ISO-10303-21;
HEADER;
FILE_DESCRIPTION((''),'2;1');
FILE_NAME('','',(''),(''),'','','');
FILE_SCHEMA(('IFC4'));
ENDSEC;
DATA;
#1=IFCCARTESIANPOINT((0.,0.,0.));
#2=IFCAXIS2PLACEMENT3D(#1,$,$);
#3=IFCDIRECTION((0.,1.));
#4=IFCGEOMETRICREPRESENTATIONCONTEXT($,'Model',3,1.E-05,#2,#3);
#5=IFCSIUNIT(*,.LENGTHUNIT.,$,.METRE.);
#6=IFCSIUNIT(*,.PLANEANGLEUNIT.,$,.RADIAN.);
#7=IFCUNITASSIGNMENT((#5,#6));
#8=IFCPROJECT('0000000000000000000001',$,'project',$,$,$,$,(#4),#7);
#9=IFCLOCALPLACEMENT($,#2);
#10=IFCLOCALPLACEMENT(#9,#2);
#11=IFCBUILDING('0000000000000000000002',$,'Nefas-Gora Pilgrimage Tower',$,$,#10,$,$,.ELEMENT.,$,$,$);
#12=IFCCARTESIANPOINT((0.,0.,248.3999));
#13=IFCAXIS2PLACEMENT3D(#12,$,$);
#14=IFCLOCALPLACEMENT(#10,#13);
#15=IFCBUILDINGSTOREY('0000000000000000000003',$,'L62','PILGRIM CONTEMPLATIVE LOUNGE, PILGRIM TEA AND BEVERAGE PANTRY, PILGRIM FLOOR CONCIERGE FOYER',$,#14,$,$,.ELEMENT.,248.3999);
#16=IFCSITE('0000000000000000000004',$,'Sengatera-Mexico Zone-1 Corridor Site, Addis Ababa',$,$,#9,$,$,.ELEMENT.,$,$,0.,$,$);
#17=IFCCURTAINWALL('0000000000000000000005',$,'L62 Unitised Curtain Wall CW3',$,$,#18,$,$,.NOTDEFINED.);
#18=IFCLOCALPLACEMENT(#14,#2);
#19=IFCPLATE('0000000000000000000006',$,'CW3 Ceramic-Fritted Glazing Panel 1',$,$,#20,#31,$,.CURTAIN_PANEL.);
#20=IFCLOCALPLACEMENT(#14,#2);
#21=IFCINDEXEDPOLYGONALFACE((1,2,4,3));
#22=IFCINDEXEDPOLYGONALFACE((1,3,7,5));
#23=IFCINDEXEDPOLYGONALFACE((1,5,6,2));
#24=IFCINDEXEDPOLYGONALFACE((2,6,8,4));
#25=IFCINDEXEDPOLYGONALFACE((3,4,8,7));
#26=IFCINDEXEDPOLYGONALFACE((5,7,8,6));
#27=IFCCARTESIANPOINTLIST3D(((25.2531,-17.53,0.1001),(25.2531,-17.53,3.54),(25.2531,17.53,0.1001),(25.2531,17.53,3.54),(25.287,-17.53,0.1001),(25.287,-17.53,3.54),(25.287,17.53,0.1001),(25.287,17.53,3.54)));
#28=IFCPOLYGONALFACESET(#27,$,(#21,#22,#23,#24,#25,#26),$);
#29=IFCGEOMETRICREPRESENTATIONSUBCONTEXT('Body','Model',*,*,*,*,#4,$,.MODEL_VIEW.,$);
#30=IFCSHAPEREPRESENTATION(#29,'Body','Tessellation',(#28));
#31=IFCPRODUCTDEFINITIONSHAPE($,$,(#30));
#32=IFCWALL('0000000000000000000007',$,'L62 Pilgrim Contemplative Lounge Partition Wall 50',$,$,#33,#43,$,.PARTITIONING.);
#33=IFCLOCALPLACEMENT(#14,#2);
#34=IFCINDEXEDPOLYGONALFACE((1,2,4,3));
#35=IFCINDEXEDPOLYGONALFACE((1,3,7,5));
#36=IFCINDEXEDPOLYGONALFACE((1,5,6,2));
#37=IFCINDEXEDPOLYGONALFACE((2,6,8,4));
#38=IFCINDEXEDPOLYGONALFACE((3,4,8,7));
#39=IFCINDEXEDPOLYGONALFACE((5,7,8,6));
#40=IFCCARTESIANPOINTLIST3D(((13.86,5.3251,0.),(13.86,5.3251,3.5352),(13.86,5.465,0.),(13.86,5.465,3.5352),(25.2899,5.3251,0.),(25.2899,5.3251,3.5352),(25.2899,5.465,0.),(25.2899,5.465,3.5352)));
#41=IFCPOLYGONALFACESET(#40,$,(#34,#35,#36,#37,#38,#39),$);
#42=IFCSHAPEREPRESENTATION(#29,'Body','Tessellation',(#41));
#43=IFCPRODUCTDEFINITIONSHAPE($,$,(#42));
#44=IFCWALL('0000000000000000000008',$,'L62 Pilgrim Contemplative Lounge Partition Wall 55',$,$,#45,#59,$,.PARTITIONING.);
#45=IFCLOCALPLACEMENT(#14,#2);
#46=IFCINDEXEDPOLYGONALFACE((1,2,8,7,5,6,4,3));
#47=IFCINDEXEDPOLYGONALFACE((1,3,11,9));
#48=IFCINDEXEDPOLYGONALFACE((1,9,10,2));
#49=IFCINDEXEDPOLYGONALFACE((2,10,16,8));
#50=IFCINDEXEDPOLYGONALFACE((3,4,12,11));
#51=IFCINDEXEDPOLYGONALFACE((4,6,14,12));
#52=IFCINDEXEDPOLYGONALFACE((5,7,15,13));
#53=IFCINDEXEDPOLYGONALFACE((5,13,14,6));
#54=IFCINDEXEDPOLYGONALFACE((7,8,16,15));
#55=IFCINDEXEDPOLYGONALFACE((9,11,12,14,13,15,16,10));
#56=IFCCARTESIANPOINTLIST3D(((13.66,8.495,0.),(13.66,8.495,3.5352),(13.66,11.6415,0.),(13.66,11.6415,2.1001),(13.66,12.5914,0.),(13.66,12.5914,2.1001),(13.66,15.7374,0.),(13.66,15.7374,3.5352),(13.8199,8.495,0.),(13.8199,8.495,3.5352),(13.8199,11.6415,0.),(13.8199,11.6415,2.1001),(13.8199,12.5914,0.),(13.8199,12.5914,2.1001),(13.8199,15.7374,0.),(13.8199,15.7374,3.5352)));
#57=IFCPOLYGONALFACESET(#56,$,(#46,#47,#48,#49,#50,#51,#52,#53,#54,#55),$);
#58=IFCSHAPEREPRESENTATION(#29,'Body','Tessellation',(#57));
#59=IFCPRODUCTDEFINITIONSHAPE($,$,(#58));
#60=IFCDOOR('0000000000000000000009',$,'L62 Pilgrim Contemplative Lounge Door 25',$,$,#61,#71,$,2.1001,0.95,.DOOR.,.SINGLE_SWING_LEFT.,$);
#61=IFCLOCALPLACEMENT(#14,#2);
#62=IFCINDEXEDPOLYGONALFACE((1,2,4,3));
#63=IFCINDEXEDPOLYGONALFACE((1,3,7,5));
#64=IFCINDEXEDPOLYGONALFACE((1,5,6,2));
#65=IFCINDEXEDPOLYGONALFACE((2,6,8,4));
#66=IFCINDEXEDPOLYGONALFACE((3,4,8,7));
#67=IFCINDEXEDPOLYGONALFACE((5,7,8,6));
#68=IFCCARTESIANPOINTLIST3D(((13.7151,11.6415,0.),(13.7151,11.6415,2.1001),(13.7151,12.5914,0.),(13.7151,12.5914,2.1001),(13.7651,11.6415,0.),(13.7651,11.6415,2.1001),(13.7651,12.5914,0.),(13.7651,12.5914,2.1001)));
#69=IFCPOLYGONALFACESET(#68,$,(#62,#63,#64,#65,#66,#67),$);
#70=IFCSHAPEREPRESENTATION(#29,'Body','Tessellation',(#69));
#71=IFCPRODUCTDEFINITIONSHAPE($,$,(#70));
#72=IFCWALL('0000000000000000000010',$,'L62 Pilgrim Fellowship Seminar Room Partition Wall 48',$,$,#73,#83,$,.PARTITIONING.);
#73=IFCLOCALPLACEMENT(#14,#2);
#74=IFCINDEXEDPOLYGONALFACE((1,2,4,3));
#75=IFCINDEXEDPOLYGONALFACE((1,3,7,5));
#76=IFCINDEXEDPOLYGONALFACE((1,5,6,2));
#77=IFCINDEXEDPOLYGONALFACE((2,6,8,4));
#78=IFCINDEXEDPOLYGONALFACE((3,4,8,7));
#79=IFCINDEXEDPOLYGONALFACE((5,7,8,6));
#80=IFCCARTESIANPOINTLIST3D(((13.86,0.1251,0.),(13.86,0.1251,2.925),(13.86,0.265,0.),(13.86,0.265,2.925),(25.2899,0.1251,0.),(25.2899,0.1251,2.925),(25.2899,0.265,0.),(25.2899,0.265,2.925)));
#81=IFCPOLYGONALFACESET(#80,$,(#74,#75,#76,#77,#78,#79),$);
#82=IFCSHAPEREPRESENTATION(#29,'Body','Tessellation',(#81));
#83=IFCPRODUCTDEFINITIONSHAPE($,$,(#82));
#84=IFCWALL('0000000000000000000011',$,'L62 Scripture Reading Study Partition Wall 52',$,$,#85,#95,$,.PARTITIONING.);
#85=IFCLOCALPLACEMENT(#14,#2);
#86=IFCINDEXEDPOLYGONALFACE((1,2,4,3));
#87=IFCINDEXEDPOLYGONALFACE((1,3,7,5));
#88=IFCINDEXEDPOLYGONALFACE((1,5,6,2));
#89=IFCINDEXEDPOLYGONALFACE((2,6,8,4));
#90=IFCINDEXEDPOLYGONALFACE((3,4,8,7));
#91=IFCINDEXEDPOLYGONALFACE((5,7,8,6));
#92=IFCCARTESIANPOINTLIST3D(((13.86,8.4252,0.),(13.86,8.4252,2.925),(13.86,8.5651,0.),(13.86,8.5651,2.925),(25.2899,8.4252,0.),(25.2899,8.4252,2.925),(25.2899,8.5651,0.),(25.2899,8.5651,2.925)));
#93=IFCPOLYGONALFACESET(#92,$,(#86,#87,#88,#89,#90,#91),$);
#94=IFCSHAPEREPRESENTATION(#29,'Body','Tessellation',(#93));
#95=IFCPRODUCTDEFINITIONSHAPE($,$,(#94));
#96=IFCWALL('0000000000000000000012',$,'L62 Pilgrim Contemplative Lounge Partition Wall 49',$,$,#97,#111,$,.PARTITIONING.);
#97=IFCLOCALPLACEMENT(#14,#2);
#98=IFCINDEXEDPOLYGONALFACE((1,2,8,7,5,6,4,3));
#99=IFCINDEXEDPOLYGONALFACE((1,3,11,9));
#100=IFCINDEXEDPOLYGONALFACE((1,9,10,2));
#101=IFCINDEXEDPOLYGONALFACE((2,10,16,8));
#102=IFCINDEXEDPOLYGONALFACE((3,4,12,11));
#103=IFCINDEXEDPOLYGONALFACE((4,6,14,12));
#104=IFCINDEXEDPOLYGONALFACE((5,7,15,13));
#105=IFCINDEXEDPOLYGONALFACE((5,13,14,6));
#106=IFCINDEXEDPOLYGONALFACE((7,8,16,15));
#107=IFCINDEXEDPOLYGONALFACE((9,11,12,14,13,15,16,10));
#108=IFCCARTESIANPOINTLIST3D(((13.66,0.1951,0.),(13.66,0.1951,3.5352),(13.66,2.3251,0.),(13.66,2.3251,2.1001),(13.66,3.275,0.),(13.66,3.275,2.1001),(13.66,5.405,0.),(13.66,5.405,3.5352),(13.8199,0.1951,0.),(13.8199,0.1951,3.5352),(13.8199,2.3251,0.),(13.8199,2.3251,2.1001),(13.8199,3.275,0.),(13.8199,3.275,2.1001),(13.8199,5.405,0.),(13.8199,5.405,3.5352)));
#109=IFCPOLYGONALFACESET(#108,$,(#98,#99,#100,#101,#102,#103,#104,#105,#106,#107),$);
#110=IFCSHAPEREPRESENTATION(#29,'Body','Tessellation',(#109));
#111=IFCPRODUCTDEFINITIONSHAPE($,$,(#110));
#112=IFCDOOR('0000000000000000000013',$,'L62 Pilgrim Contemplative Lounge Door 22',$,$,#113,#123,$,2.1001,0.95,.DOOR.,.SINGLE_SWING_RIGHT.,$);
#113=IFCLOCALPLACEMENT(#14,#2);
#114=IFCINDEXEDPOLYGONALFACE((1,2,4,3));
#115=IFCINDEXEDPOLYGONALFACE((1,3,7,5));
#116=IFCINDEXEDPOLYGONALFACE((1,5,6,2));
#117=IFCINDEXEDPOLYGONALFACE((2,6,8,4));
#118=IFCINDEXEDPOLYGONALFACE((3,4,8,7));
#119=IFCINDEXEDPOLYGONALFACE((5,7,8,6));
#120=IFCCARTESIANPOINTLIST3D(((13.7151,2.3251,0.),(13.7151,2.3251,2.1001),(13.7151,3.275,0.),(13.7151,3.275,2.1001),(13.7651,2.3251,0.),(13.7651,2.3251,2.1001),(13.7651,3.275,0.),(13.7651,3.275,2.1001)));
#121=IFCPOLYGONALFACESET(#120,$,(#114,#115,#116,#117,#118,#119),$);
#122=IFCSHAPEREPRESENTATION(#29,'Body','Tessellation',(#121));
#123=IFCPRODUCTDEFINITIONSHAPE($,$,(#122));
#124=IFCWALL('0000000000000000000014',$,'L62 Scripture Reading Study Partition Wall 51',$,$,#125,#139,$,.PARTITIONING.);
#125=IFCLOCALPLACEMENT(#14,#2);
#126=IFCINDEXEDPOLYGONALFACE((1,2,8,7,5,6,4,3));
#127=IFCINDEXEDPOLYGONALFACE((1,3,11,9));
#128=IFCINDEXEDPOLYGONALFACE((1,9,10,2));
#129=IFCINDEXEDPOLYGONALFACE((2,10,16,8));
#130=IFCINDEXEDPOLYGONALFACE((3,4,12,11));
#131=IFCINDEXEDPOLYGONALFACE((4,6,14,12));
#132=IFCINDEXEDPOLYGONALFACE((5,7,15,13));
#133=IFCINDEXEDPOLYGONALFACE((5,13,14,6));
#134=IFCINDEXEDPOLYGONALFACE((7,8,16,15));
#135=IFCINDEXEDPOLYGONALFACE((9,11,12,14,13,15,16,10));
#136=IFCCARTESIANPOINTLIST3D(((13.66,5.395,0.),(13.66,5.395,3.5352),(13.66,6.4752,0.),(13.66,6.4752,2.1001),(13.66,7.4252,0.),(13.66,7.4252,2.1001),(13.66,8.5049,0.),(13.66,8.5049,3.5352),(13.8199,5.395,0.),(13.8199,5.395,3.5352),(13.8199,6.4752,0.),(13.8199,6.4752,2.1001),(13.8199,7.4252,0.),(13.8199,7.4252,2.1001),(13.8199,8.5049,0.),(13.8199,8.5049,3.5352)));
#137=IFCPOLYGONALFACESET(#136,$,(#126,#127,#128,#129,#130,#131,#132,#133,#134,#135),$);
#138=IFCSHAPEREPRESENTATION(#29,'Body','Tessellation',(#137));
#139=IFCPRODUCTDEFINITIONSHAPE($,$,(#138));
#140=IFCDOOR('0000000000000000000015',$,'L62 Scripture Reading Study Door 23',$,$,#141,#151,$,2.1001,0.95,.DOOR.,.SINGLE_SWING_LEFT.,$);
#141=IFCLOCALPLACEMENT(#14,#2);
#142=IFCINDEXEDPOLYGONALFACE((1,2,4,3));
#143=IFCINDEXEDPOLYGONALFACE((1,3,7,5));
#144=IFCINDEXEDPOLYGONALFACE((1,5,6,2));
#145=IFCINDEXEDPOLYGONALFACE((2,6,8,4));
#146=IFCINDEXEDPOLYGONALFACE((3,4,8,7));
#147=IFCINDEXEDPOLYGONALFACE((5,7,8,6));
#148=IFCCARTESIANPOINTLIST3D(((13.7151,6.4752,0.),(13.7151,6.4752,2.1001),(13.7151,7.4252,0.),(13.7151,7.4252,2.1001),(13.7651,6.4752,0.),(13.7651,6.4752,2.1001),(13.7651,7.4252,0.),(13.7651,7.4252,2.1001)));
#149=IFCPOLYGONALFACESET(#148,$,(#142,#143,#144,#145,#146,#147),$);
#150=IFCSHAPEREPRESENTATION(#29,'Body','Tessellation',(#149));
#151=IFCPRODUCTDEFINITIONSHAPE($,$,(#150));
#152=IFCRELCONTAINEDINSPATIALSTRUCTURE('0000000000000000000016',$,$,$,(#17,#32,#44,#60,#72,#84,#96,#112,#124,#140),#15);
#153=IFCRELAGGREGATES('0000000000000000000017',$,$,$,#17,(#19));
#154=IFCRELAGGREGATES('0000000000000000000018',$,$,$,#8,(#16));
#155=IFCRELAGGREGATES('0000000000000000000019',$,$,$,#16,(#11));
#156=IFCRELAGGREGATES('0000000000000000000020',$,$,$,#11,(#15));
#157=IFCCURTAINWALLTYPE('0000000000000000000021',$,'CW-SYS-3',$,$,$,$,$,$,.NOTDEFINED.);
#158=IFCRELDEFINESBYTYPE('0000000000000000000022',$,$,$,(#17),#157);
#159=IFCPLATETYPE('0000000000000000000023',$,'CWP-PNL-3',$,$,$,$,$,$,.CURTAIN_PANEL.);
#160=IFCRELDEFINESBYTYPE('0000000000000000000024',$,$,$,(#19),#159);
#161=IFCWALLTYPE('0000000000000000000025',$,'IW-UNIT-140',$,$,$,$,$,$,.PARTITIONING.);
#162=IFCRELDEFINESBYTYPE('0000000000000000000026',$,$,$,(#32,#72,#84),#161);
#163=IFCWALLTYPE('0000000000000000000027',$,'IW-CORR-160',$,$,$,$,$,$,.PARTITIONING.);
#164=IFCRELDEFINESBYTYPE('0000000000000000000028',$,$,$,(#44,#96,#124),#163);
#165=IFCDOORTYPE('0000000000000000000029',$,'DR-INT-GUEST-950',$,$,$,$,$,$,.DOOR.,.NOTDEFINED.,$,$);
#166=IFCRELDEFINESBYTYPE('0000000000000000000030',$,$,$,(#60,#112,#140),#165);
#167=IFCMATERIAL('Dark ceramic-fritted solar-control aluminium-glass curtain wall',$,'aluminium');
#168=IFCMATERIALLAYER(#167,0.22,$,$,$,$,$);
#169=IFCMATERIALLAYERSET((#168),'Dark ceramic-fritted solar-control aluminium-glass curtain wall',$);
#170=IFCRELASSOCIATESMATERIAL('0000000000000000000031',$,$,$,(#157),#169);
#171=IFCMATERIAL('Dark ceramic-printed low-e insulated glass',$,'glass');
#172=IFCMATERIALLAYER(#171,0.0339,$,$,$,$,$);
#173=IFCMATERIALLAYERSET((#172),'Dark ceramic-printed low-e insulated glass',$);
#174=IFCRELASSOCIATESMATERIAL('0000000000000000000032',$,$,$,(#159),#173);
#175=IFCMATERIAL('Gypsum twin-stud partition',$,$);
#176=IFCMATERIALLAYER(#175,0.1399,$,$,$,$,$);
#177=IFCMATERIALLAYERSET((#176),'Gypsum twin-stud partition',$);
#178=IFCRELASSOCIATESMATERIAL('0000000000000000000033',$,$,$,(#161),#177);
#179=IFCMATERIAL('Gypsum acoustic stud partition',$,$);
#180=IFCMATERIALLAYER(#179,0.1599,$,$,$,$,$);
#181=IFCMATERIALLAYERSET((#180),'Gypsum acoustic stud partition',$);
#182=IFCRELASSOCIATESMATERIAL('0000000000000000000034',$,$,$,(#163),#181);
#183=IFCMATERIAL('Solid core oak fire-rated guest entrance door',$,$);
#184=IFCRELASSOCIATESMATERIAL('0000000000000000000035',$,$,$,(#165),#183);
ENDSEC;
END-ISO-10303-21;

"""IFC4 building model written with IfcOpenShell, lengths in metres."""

from ifc_helpers import new_model, si_unit, direction, frame, frame_2d, origin, origin_2d, place, context, subcontext, project, spatial, rectangle, extrude, source, transform, mapped, material, layer, layer_set, type_object, element, fill, aggregate, save


model = new_model("IFC4")

# Units and contexts
model_context = context("Model", 3, precision=1e-05, world=origin(), true_north=direction((0.0, 1.0)))
body_context = subcontext(model_context, "Body", "Model", "MODEL_VIEW")
ifc_project = project(units=[si_unit("LENGTHUNIT", "METRE"), si_unit("PLANEANGLEUNIT", "RADIAN")], contexts=[model_context])

# Site, building, storey
site_placement = place(None, origin())
site = spatial("IfcSite", under=ifc_project, at=site_placement, Name="Sengatera-Mexico Zone-1 Corridor Site, Addis Ababa", CompositionType="ELEMENT", RefElevation=0.0)
building_placement = place(site_placement, origin())
building = spatial("IfcBuilding", under=site, at=building_placement, Name="Nefas-Gora Pilgrimage Tower", CompositionType="ELEMENT")
storey_placement = place(building_placement, frame((0.0, 0.0, 248.3999)))
storey = spatial("IfcBuildingStorey", under=building, at=storey_placement, Name="L62", Description="PILGRIM CONTEMPLATIVE LOUNGE, PILGRIM TEA AND BEVERAGE PANTRY, PILGRIM FLOOR CONCIERGE FOYER", CompositionType="ELEMENT", Elevation=248.3999)

# Curtain wall, plate
ifc_material_1 = material(Name="Dark ceramic-fritted solar-control aluminium-glass curtain wall", Category="aluminium")
ifc_layer_1 = layer(ifc_material_1, 0.22)
ifc_layer_set_1 = layer_set([ifc_layer_1], Name="Dark ceramic-fritted solar-control aluminium-glass curtain wall")
curtain_wall_type = type_object("IfcCurtainWallType", Name="CW-SYS-3", PredefinedType="NOTDEFINED", material=ifc_layer_set_1)
curtain_wall_placement = place(storey_placement, origin())
curtain_wall = element("IfcCurtainWall", 1, at=curtain_wall_placement, inside=storey, type_object=curtain_wall_type, Name="L62 Unitised Curtain Wall CW3", PredefinedType="NOTDEFINED")
ifc_material_2 = material(Name="Dark ceramic-printed low-e insulated glass", Category="glass")
ifc_layer_2 = layer(ifc_material_2, 0.0339)
ifc_layer_set_2 = layer_set([ifc_layer_2], Name="Dark ceramic-printed low-e insulated glass")
plate_type = type_object("IfcPlateType", Name="CWP-PNL-3", PredefinedType="CURTAIN_PANEL", material=ifc_layer_set_2)
shared_shape_1 = source(origin(), body_context, "Body", "SweptSolid", [
    extrude(rectangle(XDim=35.0601, YDim=0.0339, at=origin_2d()), origin(), (0.0, 0.0, 1.0), 3.4399),
])
plate_placement = place(storey_placement, frame((25.27, 0.0, 0.1001), z_axis=(0.0, 0.0, 1.0), x_axis=(0.0, 1.0, 0.0)))
plate = element("IfcPlate", 2, at=plate_placement, type_object=plate_type, Name="CW3 Ceramic-Fritted Glazing Panel 1", PredefinedType="CURTAIN_PANEL", context=body_context, shape_type="MappedRepresentation", body=[
    mapped(shared_shape_1, transform((0.0, 0.0, 0.0), x_axis=(1.0, 0.0, 0.0), y_axis=(0.0, 1.0, 0.0), z_axis=(0.0, 0.0, 1.0), scale=1.0)),
])
aggregate(curtain_wall, [plate])

# Wall
ifc_material_3 = material(Name="Gypsum twin-stud partition")
ifc_layer_3 = layer(ifc_material_3, 0.1399)
ifc_layer_set_3 = layer_set([ifc_layer_3], Name="Gypsum twin-stud partition")
wall_type_1 = type_object("IfcWallType", Name="IW-UNIT-140", PredefinedType="PARTITIONING", material=ifc_layer_set_3)
shared_shape_2 = source(origin(), body_context, "Body", "SweptSolid", [
    extrude(rectangle(XDim=11.4299, YDim=0.1399, at=frame_2d((5.7148, 0.0))), origin(), (0.0, 0.0, 1.0), 3.5352),
])
wall_1_placement = place(storey_placement, frame((13.8601, 5.395, 0.0), z_axis=(0.0, 0.0, 1.0), x_axis=(1.0, 0.0, 0.0)))
element("IfcWall", 3, at=wall_1_placement, inside=storey, type_object=wall_type_1, Name="L62 Pilgrim Contemplative Lounge Partition Wall 50", PredefinedType="PARTITIONING", context=body_context, shape_type="MappedRepresentation", body=[
    mapped(shared_shape_2, transform((0.0, 0.0, 0.0), x_axis=(1.0, 0.0, 0.0), y_axis=(0.0, 1.0, 0.0), z_axis=(0.0, 0.0, 1.0), scale=1.0)),
])

# Wall, opening, door
ifc_material_4 = material(Name="Gypsum acoustic stud partition")
ifc_layer_4 = layer(ifc_material_4, 0.1599)
ifc_layer_set_4 = layer_set([ifc_layer_4], Name="Gypsum acoustic stud partition")
wall_type_2 = type_object("IfcWallType", Name="IW-CORR-160", PredefinedType="PARTITIONING", material=ifc_layer_set_4)
shared_shape_3 = source(origin(), body_context, "Body", "SweptSolid", [
    extrude(rectangle(XDim=7.2424, YDim=0.1599, at=frame_2d((3.6211, 0.0))), origin(), (0.0, 0.0, 1.0), 3.5352),
])
wall_2_placement = place(storey_placement, frame((13.74, 8.4951, 0.0), z_axis=(0.0, 0.0, 1.0), x_axis=(0.0, 1.0, 0.0)))
wall_2 = element("IfcWall", 4, at=wall_2_placement, inside=storey, type_object=wall_type_2, Name="L62 Pilgrim Contemplative Lounge Partition Wall 55", PredefinedType="PARTITIONING", context=body_context, shape_type="MappedRepresentation", body=[
    mapped(shared_shape_3, transform((0.0, 0.0, 0.0), x_axis=(1.0, 0.0, 0.0), y_axis=(0.0, 1.0, 0.0), z_axis=(0.0, 0.0, 1.0), scale=1.0)),
])
opening_1_placement = place(wall_2_placement, frame((3.1462, 0.0, 0.0)))
opening_1 = element("IfcOpeningElement", 5, at=opening_1_placement, cuts=wall_2, PredefinedType="OPENING", context=body_context, shape_type="SweptSolid", body=[
    extrude(rectangle(XDim=0.95, YDim=2.1001, at=frame_2d((0.4751, 1.05))), frame((0.0, 0.0898, 0.0), z_axis=(0.0, -1.0, 0.0), x_axis=(1.0, 0.0, 0.0)), (0.0, 0.0, 1.0), 0.1799),
])
ifc_material_5 = material(Name="Solid core oak fire-rated guest entrance door")
door_type = type_object("IfcDoorType", Name="DR-INT-GUEST-950", OperationType="NOTDEFINED", PredefinedType="DOOR", material=ifc_material_5)
shared_shape_4 = source(origin(), body_context, "Body", "SweptSolid", [
    extrude(rectangle(XDim=0.95, YDim=2.1001, at=frame_2d((0.4751, 1.05))), frame((0.0, 0.0249, 0.0), z_axis=(0.0, -1.0, 0.0), x_axis=(1.0, 0.0, 0.0)), (0.0, 0.0, 1.0), 0.05),
])
door_1_placement = place(opening_1_placement, origin())
door_1 = element("IfcDoor", 6, at=door_1_placement, inside=storey, type_object=door_type, Name="L62 Pilgrim Contemplative Lounge Door 25", OperationType="SINGLE_SWING_LEFT", OverallHeight=2.1001, OverallWidth=0.95, PredefinedType="DOOR", context=body_context, shape_type="MappedRepresentation", body=[
    mapped(shared_shape_4, transform((0.0, 0.0, 0.0), x_axis=(1.0, 0.0, 0.0), y_axis=(0.0, 1.0, 0.0), z_axis=(0.0, 0.0, 1.0), scale=1.0)),
])
fill(opening_1, door_1)

# Walls
shared_shape_5 = source(origin(), body_context, "Body", "SweptSolid", [
    extrude(rectangle(XDim=11.4299, YDim=0.1399, at=frame_2d((5.7148, 0.0))), origin(), (0.0, 0.0, 1.0), 2.925),
])
for number, where, z_axis, x_axis, name in (
    (7, (13.8601, 0.1951, 0.0), (0.0, 0.0, 1.0), (1.0, 0.0, 0.0), "L62 Pilgrim Fellowship Seminar Room Partition Wall 48"),
    (8, (13.8601, 8.4951, 0.0), (0.0, 0.0, 1.0), (1.0, 0.0, 0.0), "L62 Scripture Reading Study Partition Wall 52"),
):
    element("IfcWall", number, at=place(storey_placement, frame(where, z_axis=z_axis, x_axis=x_axis)), inside=storey, type_object=wall_type_1, Name=name, PredefinedType="PARTITIONING", context=body_context, shape_type="MappedRepresentation", body=[
        mapped(shared_shape_5, transform((0.0, 0.0, 0.0), x_axis=(1.0, 0.0, 0.0), y_axis=(0.0, 1.0, 0.0), z_axis=(0.0, 0.0, 1.0), scale=1.0)),
    ])

# Walls, openings, doors
shared_shape_6 = source(origin(), body_context, "Body", "SweptSolid", [
    extrude(rectangle(XDim=5.21, YDim=0.1599, at=frame_2d((2.605, 0.0))), origin(), (0.0, 0.0, 1.0), 3.5352),
])
wall_3_placement = place(storey_placement, frame((13.74, 0.1951, 0.0), z_axis=(0.0, 0.0, 1.0), x_axis=(0.0, 1.0, 0.0)))
wall_3 = element("IfcWall", 9, at=wall_3_placement, inside=storey, type_object=wall_type_2, Name="L62 Pilgrim Contemplative Lounge Partition Wall 49", PredefinedType="PARTITIONING", context=body_context, shape_type="MappedRepresentation", body=[
    mapped(shared_shape_6, transform((0.0, 0.0, 0.0), x_axis=(1.0, 0.0, 0.0), y_axis=(0.0, 1.0, 0.0), z_axis=(0.0, 0.0, 1.0), scale=1.0)),
])
opening_2_placement = place(wall_3_placement, frame((2.1299, 0.0, 0.0)))
opening_2 = element("IfcOpeningElement", 10, at=opening_2_placement, cuts=wall_3, PredefinedType="OPENING", context=body_context, shape_type="SweptSolid", body=[
    extrude(rectangle(XDim=0.95, YDim=2.1001, at=frame_2d((0.4751, 1.05))), frame((0.0, 0.0898, 0.0), z_axis=(0.0, -1.0, 0.0), x_axis=(1.0, 0.0, 0.0)), (0.0, 0.0, 1.0), 0.1799),
])
door_2_placement = place(opening_2_placement, origin())
door_2 = element("IfcDoor", 11, at=door_2_placement, inside=storey, type_object=door_type, Name="L62 Pilgrim Contemplative Lounge Door 22", OperationType="SINGLE_SWING_RIGHT", OverallHeight=2.1001, OverallWidth=0.95, PredefinedType="DOOR", context=body_context, shape_type="MappedRepresentation", body=[
    mapped(shared_shape_4, transform((0.0, 0.0, 0.0), x_axis=(1.0, 0.0, 0.0), y_axis=(0.0, 1.0, 0.0), z_axis=(0.0, 0.0, 1.0), scale=1.0)),
])
fill(opening_2, door_2)
shared_shape_7 = source(origin(), body_context, "Body", "SweptSolid", [
    extrude(rectangle(XDim=3.1099, YDim=0.1599, at=frame_2d((1.5549, 0.0))), origin(), (0.0, 0.0, 1.0), 3.5352),
])
wall_4_placement = place(storey_placement, frame((13.74, 5.395, 0.0), z_axis=(0.0, 0.0, 1.0), x_axis=(0.0, 1.0, 0.0)))
wall_4 = element("IfcWall", 12, at=wall_4_placement, inside=storey, type_object=wall_type_2, Name="L62 Scripture Reading Study Partition Wall 51", PredefinedType="PARTITIONING", context=body_context, shape_type="MappedRepresentation", body=[
    mapped(shared_shape_7, transform((0.0, 0.0, 0.0), x_axis=(1.0, 0.0, 0.0), y_axis=(0.0, 1.0, 0.0), z_axis=(0.0, 0.0, 1.0), scale=1.0)),
])
opening_3_placement = place(wall_4_placement, frame((1.0801, 0.0, 0.0)))
opening_3 = element("IfcOpeningElement", 13, at=opening_3_placement, cuts=wall_4, PredefinedType="OPENING", context=body_context, shape_type="SweptSolid", body=[
    extrude(rectangle(XDim=0.95, YDim=2.1001, at=frame_2d((0.4751, 1.05))), frame((0.0, 0.0898, 0.0), z_axis=(0.0, -1.0, 0.0), x_axis=(1.0, 0.0, 0.0)), (0.0, 0.0, 1.0), 0.1799),
])
door_3_placement = place(opening_3_placement, origin())
door_3 = element("IfcDoor", 14, at=door_3_placement, inside=storey, type_object=door_type, Name="L62 Scripture Reading Study Door 23", OperationType="SINGLE_SWING_LEFT", OverallHeight=2.1001, OverallWidth=0.95, PredefinedType="DOOR", context=body_context, shape_type="MappedRepresentation", body=[
    mapped(shared_shape_4, transform((0.0, 0.0, 0.0), x_axis=(1.0, 0.0, 0.0), y_axis=(0.0, 1.0, 0.0), z_axis=(0.0, 0.0, 1.0), scale=1.0)),
])
fill(opening_3, door_3)

save(model, "model.ifc")
